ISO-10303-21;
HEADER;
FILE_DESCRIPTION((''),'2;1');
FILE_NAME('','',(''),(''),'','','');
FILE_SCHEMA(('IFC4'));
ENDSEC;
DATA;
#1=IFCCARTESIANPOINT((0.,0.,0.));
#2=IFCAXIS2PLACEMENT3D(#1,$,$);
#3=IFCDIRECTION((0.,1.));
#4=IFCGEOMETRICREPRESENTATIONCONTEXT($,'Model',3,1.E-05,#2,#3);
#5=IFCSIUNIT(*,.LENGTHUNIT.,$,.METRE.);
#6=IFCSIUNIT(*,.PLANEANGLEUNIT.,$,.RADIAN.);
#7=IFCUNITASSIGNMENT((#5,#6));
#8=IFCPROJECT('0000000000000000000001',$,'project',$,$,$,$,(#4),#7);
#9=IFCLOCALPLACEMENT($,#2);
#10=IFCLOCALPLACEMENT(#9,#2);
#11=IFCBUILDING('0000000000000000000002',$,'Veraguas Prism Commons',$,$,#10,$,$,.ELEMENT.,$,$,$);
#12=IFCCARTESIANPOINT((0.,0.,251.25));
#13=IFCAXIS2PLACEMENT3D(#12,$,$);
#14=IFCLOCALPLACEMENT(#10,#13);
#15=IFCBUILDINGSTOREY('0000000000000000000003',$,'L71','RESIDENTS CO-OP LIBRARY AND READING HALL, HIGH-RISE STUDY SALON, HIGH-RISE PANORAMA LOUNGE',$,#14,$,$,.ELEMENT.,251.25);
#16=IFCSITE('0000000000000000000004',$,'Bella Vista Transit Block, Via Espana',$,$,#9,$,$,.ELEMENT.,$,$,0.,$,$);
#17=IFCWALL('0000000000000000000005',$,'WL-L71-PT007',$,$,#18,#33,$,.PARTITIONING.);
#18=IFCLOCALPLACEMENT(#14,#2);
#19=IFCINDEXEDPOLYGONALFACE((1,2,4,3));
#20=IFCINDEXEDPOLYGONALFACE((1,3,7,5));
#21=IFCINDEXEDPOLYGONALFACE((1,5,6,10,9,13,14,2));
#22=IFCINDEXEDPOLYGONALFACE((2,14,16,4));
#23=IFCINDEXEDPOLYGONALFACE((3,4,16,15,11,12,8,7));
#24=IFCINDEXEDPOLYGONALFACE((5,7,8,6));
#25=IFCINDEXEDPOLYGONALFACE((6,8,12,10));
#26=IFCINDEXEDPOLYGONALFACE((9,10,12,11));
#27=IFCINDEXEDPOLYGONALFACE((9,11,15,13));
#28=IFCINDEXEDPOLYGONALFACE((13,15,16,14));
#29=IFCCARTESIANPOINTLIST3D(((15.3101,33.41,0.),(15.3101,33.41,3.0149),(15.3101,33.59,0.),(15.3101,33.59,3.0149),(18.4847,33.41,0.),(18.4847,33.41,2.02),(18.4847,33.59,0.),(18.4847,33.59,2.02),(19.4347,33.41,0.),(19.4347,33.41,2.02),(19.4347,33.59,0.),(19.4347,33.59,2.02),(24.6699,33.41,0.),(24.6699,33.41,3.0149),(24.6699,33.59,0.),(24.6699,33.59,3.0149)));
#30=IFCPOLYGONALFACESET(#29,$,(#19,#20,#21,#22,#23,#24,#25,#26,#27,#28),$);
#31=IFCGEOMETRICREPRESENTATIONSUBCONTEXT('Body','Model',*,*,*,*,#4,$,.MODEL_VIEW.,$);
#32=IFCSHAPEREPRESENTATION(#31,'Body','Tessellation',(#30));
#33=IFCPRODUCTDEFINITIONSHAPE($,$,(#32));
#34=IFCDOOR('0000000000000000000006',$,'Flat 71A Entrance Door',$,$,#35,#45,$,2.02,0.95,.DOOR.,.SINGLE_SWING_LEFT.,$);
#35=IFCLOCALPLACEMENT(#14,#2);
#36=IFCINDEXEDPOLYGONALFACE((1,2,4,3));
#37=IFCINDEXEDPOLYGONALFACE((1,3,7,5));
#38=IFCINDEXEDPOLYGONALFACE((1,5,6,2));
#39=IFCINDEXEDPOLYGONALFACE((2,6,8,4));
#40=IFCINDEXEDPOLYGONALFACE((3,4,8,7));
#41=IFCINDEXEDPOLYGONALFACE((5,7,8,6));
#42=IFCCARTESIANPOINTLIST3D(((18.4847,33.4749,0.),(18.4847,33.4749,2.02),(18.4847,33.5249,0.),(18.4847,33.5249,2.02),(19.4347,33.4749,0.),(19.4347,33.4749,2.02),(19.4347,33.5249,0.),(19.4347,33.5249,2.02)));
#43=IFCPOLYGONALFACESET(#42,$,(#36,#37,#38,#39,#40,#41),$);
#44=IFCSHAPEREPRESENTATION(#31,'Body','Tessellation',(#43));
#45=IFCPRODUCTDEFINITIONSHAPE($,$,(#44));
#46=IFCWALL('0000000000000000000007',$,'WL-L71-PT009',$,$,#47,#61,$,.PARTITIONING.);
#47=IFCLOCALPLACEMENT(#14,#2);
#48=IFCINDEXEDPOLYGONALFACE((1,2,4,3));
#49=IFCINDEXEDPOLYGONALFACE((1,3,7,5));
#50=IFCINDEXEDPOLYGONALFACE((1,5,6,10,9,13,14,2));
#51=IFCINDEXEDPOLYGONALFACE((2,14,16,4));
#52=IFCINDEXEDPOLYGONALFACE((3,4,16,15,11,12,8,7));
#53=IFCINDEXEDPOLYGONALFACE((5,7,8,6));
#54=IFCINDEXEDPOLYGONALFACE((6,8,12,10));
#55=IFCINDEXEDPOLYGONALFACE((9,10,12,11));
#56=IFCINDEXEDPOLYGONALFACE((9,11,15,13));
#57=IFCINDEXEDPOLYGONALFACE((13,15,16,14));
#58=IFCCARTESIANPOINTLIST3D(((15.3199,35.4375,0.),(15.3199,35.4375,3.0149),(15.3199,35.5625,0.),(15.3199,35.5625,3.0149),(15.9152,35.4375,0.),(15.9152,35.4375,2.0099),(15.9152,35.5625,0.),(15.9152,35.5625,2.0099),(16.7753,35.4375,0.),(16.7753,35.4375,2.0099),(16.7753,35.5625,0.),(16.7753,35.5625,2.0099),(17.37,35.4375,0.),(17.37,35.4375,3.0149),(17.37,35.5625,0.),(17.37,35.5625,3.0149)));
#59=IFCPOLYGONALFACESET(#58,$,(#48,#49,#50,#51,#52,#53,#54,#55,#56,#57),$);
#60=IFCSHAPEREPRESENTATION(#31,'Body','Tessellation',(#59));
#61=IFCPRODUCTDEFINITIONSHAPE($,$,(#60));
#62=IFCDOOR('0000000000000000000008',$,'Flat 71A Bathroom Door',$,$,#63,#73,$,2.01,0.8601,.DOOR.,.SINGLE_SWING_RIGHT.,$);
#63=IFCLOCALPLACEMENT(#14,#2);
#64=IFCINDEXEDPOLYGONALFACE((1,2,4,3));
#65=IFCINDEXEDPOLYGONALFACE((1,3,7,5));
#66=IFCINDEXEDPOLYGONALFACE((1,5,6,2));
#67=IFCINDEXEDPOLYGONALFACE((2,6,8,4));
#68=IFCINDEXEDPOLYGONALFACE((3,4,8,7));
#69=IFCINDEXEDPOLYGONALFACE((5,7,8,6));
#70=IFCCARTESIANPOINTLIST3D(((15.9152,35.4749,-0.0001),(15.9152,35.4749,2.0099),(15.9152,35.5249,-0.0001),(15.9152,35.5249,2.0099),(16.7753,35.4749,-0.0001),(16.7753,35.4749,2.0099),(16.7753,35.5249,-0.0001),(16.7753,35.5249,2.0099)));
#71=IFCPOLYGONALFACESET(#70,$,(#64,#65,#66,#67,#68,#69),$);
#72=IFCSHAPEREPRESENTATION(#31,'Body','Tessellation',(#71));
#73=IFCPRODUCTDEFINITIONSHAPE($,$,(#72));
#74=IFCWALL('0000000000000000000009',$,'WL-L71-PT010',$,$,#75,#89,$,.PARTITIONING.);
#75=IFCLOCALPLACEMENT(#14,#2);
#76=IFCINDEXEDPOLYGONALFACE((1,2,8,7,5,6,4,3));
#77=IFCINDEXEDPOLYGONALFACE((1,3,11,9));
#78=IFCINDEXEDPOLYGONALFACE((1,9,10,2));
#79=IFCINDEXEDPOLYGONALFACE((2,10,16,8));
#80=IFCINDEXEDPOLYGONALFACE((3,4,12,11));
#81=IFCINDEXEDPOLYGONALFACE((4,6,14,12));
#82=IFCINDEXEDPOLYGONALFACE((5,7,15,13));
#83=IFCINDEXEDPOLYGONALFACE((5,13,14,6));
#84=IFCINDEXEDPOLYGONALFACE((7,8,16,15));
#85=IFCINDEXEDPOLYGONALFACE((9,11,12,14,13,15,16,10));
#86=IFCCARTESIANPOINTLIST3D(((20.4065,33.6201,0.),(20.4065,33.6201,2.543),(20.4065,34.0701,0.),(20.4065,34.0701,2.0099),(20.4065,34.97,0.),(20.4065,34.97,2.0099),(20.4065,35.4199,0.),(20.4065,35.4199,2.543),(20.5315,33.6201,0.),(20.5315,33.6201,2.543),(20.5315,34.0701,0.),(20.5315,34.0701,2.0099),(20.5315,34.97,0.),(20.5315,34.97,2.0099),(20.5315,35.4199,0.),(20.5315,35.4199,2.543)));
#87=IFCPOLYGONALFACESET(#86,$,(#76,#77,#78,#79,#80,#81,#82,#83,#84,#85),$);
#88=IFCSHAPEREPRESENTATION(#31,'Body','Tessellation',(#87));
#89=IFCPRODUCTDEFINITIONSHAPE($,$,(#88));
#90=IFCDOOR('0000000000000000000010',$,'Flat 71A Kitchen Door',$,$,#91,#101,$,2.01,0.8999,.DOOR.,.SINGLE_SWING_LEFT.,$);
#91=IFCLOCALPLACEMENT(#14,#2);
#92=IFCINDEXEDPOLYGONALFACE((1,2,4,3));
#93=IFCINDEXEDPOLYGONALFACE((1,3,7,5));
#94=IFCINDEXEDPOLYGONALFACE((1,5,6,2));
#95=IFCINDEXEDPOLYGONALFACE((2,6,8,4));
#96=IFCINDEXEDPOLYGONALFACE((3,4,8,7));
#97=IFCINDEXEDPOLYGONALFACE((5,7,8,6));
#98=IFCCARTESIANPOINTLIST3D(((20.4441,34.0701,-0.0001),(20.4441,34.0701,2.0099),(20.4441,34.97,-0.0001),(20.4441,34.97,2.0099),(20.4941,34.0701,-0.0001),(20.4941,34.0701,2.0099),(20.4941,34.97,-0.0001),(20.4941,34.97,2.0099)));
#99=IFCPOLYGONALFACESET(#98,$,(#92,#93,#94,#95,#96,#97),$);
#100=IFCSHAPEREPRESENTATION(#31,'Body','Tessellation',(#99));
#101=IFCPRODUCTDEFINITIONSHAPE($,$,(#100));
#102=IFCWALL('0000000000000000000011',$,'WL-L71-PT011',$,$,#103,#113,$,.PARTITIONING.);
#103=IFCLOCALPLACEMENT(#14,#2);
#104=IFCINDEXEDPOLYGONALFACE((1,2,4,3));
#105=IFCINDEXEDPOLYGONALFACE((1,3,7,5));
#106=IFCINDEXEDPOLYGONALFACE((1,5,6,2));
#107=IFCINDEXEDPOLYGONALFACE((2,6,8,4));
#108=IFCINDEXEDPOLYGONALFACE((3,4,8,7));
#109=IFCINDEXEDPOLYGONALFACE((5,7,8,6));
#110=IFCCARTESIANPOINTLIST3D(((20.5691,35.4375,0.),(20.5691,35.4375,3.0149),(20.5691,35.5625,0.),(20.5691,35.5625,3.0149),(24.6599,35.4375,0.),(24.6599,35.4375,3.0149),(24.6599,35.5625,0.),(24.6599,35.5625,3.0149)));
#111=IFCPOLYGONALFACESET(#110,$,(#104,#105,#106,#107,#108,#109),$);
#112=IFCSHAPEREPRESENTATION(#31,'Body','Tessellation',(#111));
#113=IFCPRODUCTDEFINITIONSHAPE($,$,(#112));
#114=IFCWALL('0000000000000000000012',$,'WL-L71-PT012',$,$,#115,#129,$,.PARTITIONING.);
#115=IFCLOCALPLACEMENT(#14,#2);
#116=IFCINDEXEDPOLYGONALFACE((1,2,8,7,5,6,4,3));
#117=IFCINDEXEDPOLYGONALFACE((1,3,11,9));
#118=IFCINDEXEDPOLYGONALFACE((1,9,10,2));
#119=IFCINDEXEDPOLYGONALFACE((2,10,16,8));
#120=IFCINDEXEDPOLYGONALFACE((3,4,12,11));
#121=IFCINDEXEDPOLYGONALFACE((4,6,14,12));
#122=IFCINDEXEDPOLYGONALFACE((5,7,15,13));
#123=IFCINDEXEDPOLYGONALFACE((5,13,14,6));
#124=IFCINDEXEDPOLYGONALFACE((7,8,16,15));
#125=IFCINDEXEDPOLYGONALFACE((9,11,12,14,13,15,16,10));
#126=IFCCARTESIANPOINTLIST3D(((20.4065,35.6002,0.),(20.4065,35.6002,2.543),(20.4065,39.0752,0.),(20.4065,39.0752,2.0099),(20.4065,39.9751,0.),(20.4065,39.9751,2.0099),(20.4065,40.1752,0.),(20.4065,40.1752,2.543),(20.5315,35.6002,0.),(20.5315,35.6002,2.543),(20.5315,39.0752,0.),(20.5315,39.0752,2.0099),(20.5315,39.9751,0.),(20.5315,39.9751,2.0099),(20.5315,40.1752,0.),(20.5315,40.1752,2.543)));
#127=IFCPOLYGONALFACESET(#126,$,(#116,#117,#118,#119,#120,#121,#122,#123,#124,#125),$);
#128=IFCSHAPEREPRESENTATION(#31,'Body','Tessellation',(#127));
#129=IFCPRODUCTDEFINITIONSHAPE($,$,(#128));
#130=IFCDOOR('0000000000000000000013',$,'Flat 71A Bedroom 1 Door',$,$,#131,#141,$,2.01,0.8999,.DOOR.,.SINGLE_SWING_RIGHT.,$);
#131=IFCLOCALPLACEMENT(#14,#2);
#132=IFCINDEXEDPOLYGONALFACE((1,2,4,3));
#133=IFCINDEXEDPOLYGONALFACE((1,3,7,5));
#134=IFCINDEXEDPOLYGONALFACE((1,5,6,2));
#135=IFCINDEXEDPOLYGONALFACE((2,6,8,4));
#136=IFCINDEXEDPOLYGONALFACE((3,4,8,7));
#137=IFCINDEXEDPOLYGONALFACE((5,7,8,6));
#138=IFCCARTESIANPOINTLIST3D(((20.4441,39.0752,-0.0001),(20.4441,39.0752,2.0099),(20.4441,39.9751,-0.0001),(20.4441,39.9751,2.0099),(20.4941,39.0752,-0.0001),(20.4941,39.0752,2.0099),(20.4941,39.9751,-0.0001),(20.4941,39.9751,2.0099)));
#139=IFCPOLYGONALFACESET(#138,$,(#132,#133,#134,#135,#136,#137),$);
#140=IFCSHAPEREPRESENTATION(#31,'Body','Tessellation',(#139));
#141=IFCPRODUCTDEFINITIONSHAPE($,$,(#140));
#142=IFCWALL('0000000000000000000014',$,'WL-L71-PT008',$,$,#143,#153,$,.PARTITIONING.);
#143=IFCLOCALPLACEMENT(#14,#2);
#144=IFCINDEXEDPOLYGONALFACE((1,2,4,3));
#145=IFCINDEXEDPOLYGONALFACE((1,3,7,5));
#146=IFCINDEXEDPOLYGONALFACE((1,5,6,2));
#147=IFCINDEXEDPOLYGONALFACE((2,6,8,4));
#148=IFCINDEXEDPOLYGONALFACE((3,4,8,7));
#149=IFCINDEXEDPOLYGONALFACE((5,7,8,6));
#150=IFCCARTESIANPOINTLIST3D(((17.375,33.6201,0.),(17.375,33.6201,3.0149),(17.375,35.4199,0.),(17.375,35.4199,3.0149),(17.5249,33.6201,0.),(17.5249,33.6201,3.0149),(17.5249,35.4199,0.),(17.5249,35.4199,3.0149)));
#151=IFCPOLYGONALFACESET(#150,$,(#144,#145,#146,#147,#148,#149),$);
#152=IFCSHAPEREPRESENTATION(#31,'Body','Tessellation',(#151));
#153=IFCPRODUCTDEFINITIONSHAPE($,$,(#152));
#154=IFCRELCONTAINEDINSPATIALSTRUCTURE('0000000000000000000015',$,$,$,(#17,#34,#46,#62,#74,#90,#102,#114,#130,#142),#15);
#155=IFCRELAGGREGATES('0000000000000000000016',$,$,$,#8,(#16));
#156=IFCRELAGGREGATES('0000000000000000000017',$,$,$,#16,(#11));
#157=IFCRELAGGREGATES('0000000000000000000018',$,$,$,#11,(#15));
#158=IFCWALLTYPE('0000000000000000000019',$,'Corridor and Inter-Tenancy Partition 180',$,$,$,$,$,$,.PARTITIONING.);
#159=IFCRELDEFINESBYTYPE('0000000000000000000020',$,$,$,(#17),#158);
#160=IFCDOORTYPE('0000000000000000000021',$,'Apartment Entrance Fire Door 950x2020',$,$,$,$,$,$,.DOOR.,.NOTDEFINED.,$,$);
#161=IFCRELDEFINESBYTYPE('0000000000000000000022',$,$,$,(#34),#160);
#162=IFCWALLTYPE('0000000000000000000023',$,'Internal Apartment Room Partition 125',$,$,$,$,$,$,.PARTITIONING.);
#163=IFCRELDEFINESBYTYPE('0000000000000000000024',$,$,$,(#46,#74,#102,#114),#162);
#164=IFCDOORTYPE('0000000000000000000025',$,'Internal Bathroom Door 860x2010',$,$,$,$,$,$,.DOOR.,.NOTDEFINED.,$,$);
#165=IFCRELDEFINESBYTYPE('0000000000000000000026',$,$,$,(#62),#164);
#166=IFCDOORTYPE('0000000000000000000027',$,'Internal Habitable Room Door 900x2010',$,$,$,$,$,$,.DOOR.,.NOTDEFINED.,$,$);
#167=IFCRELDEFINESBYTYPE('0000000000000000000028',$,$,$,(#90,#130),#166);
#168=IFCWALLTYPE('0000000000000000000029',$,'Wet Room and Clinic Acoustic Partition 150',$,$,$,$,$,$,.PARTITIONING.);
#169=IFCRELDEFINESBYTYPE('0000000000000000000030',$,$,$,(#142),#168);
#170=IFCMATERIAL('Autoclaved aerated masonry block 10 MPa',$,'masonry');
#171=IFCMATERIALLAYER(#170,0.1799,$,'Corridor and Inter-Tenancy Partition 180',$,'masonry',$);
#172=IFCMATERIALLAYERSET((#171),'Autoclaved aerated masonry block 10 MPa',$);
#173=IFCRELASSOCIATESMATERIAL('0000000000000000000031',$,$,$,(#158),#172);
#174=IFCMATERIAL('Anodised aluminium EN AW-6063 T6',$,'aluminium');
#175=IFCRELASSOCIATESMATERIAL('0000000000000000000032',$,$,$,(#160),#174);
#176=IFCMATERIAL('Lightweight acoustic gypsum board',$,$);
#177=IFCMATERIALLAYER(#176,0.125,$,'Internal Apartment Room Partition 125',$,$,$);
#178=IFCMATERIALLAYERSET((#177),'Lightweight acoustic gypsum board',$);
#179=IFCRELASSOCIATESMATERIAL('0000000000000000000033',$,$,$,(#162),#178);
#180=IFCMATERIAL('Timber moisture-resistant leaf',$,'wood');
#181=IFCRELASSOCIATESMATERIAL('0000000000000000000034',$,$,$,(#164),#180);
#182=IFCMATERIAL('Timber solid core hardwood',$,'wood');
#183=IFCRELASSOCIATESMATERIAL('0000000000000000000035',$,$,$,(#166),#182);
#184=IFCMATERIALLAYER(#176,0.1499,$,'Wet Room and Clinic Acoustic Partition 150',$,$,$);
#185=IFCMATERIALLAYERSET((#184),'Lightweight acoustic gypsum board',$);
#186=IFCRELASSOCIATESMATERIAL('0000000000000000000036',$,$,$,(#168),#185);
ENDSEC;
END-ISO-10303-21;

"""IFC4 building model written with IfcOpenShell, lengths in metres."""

from ifc_helpers import new_model, si_unit, direction, frame, frame_2d, origin, place, context, subcontext, project, spatial, rectangle, extrude, source, transform, mapped, material, layer, layer_set, type_object, element, fill, save


model = new_model("IFC4")

# Units and contexts
model_context = context("Model", 3, precision=1e-05, world=origin(), true_north=direction((0.0, 1.0)))
body_context = subcontext(model_context, "Body", "Model", "MODEL_VIEW")
ifc_project = project(units=[si_unit("LENGTHUNIT", "METRE"), si_unit("PLANEANGLEUNIT", "RADIAN")], contexts=[model_context])

# Site, building, storey
site_placement = place(None, origin())
site = spatial("IfcSite", under=ifc_project, at=site_placement, Name="Bella Vista Transit Block, Via Espana", CompositionType="ELEMENT", RefElevation=0.0)
building_placement = place(site_placement, origin())
building = spatial("IfcBuilding", under=site, at=building_placement, Name="Veraguas Prism Commons", CompositionType="ELEMENT")
storey_placement = place(building_placement, frame((0.0, 0.0, 251.25)))
storey = spatial("IfcBuildingStorey", under=building, at=storey_placement, Name="L71", Description="RESIDENTS CO-OP LIBRARY AND READING HALL, HIGH-RISE STUDY SALON, HIGH-RISE PANORAMA LOUNGE", CompositionType="ELEMENT", Elevation=251.25)

# Shared definitions
ifc_material_1 = material(Name="Anodised aluminium EN AW-6063 T6", Category="aluminium")

# Walls, openings, doors
ifc_material_2 = material(Name="Autoclaved aerated masonry block 10 MPa", Category="masonry")
ifc_layer_1 = layer(ifc_material_2, 0.1799, Name="Corridor and Inter-Tenancy Partition 180", Category="masonry")
ifc_layer_set_1 = layer_set([ifc_layer_1], Name="Autoclaved aerated masonry block 10 MPa")
wall_type_1 = type_object("IfcWallType", Name="Corridor and Inter-Tenancy Partition 180", PredefinedType="PARTITIONING", material=ifc_layer_set_1)
wall_1_placement = place(storey_placement, frame((15.3101, 33.5, 0.0), z_axis=(0.0, 0.0, 1.0), x_axis=(1.0, 0.0, 0.0)))
wall_1 = element("IfcWall", 1, at=wall_1_placement, inside=storey, type_object=wall_type_1, Name="WL-L71-PT007", PredefinedType="PARTITIONING", context=body_context, shape_type="SweptSolid", body=[
    extrude(rectangle(XDim=9.3599, YDim=0.1799, at=frame_2d((4.6799, 0.0))), origin(), (0.0, 0.0, 1.0), 3.0149),
])
opening_1_placement = place(wall_1_placement, frame((3.1746, 0.0, 0.0)))
opening_1 = element("IfcOpeningElement", 2, at=opening_1_placement, cuts=wall_1, PredefinedType="OPENING", context=body_context, shape_type="SweptSolid", body=[
    extrude(rectangle(XDim=0.95, YDim=2.02, at=frame_2d((0.4751, 1.01))), frame((0.0, 0.0999, 0.0), z_axis=(0.0, -1.0, 0.0), x_axis=(1.0, 0.0, 0.0)), (0.0, 0.0, 1.0), 0.2),
])
door_type_1 = type_object("IfcDoorType", Name="Apartment Entrance Fire Door 950x2020", OperationType="NOTDEFINED", PredefinedType="DOOR", material=ifc_material_1)
shared_shape_1 = source(origin(), body_context, "Body", "SweptSolid", [
    extrude(rectangle(XDim=0.95, YDim=2.02, at=frame_2d((0.4751, 1.01))), frame((0.0, 0.0249, 0.0), z_axis=(0.0, -1.0, 0.0), x_axis=(1.0, 0.0, 0.0)), (0.0, 0.0, 1.0), 0.05),
])
door_1_placement = place(opening_1_placement, origin())
door_1 = element("IfcDoor", 3, at=door_1_placement, inside=storey, type_object=door_type_1, Name="Flat 71A Entrance Door", OperationType="SINGLE_SWING_LEFT", OverallHeight=2.02, OverallWidth=0.95, PredefinedType="DOOR", context=body_context, shape_type="MappedRepresentation", body=[
    mapped(shared_shape_1, transform((0.0, 0.0, 0.0), scale=1.0)),
])
fill(opening_1, door_1)
ifc_material_3 = material(Name="Lightweight acoustic gypsum board")
ifc_layer_2 = layer(ifc_material_3, 0.125, Name="Internal Apartment Room Partition 125")
ifc_layer_set_2 = layer_set([ifc_layer_2], Name="Lightweight acoustic gypsum board")
wall_type_2 = type_object("IfcWallType", Name="Internal Apartment Room Partition 125", PredefinedType="PARTITIONING", material=ifc_layer_set_2)
wall_2_placement = place(storey_placement, frame((15.3201, 35.5, 0.0), z_axis=(0.0, 0.0, 1.0), x_axis=(1.0, 0.0, 0.0)))
wall_2 = element("IfcWall", 4, at=wall_2_placement, inside=storey, type_object=wall_type_2, Name="WL-L71-PT009", PredefinedType="PARTITIONING", context=body_context, shape_type="SweptSolid", body=[
    extrude(rectangle(XDim=2.05, YDim=0.125, at=frame_2d((1.0249, 0.0))), origin(), (0.0, 0.0, 1.0), 3.0149),
])
opening_2_placement = place(wall_2_placement, frame((0.595, 0.0, 0.0)))
opening_2 = element("IfcOpeningElement", 5, at=opening_2_placement, cuts=wall_2, PredefinedType="OPENING", context=body_context, shape_type="SweptSolid", body=[
    extrude(rectangle(XDim=0.8601, YDim=2.01, at=frame_2d((0.4302, 1.0049))), frame((0.0, 0.0725, 0.0), z_axis=(0.0, -1.0, 0.0), x_axis=(1.0, 0.0, 0.0)), (0.0, 0.0, 1.0), 0.145),
])
ifc_material_4 = material(Name="Timber moisture-resistant leaf", Category="wood")
door_type_2 = type_object("IfcDoorType", Name="Internal Bathroom Door 860x2010", OperationType="NOTDEFINED", PredefinedType="DOOR", material=ifc_material_4)
shared_shape_2 = source(origin(), body_context, "Body", "SweptSolid", [
    extrude(rectangle(XDim=0.8601, YDim=2.01, at=frame_2d((0.4302, 1.0049))), frame((0.0, 0.0249, 0.0), z_axis=(0.0, -1.0, 0.0), x_axis=(1.0, 0.0, 0.0)), (0.0, 0.0, 1.0), 0.05),
])
door_2_placement = place(opening_2_placement, origin())
door_2 = element("IfcDoor", 6, at=door_2_placement, inside=storey, type_object=door_type_2, Name="Flat 71A Bathroom Door", OperationType="SINGLE_SWING_RIGHT", OverallHeight=2.01, OverallWidth=0.8601, PredefinedType="DOOR", context=body_context, shape_type="MappedRepresentation", body=[
    mapped(shared_shape_2, transform((0.0, 0.0, 0.0), scale=1.0)),
])
fill(opening_2, door_2)
wall_3_placement = place(storey_placement, frame((20.469, 33.6201, 0.0), z_axis=(0.0, 0.0, 1.0), x_axis=(0.0, 1.0, 0.0)))
wall_3 = element("IfcWall", 7, at=wall_3_placement, inside=storey, type_object=wall_type_2, Name="WL-L71-PT010", PredefinedType="PARTITIONING", context=body_context, shape_type="SweptSolid", body=[
    extrude(rectangle(XDim=1.7998, YDim=0.125, at=frame_2d((0.8999, 0.0))), origin(), (0.0, 0.0, 1.0), 2.543),
])
opening_3_placement = place(wall_3_placement, frame((0.45, 0.0, 0.0)))
opening_3 = element("IfcOpeningElement", 8, at=opening_3_placement, cuts=wall_3, PredefinedType="OPENING", context=body_context, shape_type="SweptSolid", body=[
    extrude(rectangle(XDim=0.8999, YDim=2.01, at=frame_2d((0.45, 1.0049))), frame((0.0, 0.0725, 0.0), z_axis=(0.0, -1.0, 0.0), x_axis=(1.0, 0.0, 0.0)), (0.0, 0.0, 1.0), 0.145),
])
ifc_material_5 = material(Name="Timber solid core hardwood", Category="wood")
door_type_3 = type_object("IfcDoorType", Name="Internal Habitable Room Door 900x2010", OperationType="NOTDEFINED", PredefinedType="DOOR", material=ifc_material_5)
shared_shape_3 = source(origin(), body_context, "Body", "SweptSolid", [
    extrude(rectangle(XDim=0.8999, YDim=2.01, at=frame_2d((0.45, 1.0049))), frame((0.0, 0.0249, 0.0), z_axis=(0.0, -1.0, 0.0), x_axis=(1.0, 0.0, 0.0)), (0.0, 0.0, 1.0), 0.05),
])
door_3_placement = place(opening_3_placement, origin())
door_3 = element("IfcDoor", 9, at=door_3_placement, inside=storey, type_object=door_type_3, Name="Flat 71A Kitchen Door", OperationType="SINGLE_SWING_LEFT", OverallHeight=2.01, OverallWidth=0.8999, PredefinedType="DOOR", context=body_context, shape_type="MappedRepresentation", body=[
    mapped(shared_shape_3, transform((0.0, 0.0, 0.0), scale=1.0)),
])
fill(opening_3, door_3)

# Wall
wall_4_placement = place(storey_placement, frame((20.5691, 35.5, 0.0), z_axis=(0.0, 0.0, 1.0), x_axis=(1.0, 0.0, 0.0)))
element("IfcWall", 10, at=wall_4_placement, inside=storey, type_object=wall_type_2, Name="WL-L71-PT011", PredefinedType="PARTITIONING", context=body_context, shape_type="SweptSolid", body=[
    extrude(rectangle(XDim=4.0908, YDim=0.125, at=frame_2d((2.0454, 0.0))), origin(), (0.0, 0.0, 1.0), 3.0149),
])

# Wall, opening, door
wall_5_placement = place(storey_placement, frame((20.469, 35.6001, 0.0), z_axis=(0.0, 0.0, 1.0), x_axis=(0.0, 1.0, 0.0)))
wall_5 = element("IfcWall", 11, at=wall_5_placement, inside=storey, type_object=wall_type_2, Name="WL-L71-PT012", PredefinedType="PARTITIONING", context=body_context, shape_type="SweptSolid", body=[
    extrude(rectangle(XDim=4.575, YDim=0.125, at=frame_2d((2.2876, 0.0))), origin(), (0.0, 0.0, 1.0), 2.543),
])
opening_4_placement = place(wall_5_placement, frame((3.4751, 0.0, 0.0)))
opening_4 = element("IfcOpeningElement", 12, at=opening_4_placement, cuts=wall_5, PredefinedType="OPENING", context=body_context, shape_type="SweptSolid", body=[
    extrude(rectangle(XDim=0.8999, YDim=2.01, at=frame_2d((0.45, 1.0049))), frame((0.0, 0.0725, 0.0), z_axis=(0.0, -1.0, 0.0), x_axis=(1.0, 0.0, 0.0)), (0.0, 0.0, 1.0), 0.145),
])
door_4_placement = place(opening_4_placement, origin())
door_4 = element("IfcDoor", 13, at=door_4_placement, inside=storey, type_object=door_type_3, Name="Flat 71A Bedroom 1 Door", OperationType="SINGLE_SWING_RIGHT", OverallHeight=2.01, OverallWidth=0.8999, PredefinedType="DOOR", context=body_context, shape_type="MappedRepresentation", body=[
    mapped(shared_shape_3, transform((0.0, 0.0, 0.0), scale=1.0)),
])
fill(opening_4, door_4)

# Wall
ifc_layer_3 = layer(ifc_material_3, 0.1499, Name="Wet Room and Clinic Acoustic Partition 150")
ifc_layer_set_3 = layer_set([ifc_layer_3], Name="Lightweight acoustic gypsum board")
wall_type_3 = type_object("IfcWallType", Name="Wet Room and Clinic Acoustic Partition 150", PredefinedType="PARTITIONING", material=ifc_layer_set_3)
wall_6_placement = place(storey_placement, frame((17.45, 33.6201, 0.0), z_axis=(0.0, 0.0, 1.0), x_axis=(0.0, 1.0, 0.0)))
element("IfcWall", 14, at=wall_6_placement, inside=storey, type_object=wall_type_3, Name="WL-L71-PT008", PredefinedType="PARTITIONING", context=body_context, shape_type="SweptSolid", body=[
    extrude(rectangle(XDim=1.7998, YDim=0.1499, at=frame_2d((0.8999, 0.0))), origin(), (0.0, 0.0, 1.0), 3.0149),
])

save(model, "model.ifc")
